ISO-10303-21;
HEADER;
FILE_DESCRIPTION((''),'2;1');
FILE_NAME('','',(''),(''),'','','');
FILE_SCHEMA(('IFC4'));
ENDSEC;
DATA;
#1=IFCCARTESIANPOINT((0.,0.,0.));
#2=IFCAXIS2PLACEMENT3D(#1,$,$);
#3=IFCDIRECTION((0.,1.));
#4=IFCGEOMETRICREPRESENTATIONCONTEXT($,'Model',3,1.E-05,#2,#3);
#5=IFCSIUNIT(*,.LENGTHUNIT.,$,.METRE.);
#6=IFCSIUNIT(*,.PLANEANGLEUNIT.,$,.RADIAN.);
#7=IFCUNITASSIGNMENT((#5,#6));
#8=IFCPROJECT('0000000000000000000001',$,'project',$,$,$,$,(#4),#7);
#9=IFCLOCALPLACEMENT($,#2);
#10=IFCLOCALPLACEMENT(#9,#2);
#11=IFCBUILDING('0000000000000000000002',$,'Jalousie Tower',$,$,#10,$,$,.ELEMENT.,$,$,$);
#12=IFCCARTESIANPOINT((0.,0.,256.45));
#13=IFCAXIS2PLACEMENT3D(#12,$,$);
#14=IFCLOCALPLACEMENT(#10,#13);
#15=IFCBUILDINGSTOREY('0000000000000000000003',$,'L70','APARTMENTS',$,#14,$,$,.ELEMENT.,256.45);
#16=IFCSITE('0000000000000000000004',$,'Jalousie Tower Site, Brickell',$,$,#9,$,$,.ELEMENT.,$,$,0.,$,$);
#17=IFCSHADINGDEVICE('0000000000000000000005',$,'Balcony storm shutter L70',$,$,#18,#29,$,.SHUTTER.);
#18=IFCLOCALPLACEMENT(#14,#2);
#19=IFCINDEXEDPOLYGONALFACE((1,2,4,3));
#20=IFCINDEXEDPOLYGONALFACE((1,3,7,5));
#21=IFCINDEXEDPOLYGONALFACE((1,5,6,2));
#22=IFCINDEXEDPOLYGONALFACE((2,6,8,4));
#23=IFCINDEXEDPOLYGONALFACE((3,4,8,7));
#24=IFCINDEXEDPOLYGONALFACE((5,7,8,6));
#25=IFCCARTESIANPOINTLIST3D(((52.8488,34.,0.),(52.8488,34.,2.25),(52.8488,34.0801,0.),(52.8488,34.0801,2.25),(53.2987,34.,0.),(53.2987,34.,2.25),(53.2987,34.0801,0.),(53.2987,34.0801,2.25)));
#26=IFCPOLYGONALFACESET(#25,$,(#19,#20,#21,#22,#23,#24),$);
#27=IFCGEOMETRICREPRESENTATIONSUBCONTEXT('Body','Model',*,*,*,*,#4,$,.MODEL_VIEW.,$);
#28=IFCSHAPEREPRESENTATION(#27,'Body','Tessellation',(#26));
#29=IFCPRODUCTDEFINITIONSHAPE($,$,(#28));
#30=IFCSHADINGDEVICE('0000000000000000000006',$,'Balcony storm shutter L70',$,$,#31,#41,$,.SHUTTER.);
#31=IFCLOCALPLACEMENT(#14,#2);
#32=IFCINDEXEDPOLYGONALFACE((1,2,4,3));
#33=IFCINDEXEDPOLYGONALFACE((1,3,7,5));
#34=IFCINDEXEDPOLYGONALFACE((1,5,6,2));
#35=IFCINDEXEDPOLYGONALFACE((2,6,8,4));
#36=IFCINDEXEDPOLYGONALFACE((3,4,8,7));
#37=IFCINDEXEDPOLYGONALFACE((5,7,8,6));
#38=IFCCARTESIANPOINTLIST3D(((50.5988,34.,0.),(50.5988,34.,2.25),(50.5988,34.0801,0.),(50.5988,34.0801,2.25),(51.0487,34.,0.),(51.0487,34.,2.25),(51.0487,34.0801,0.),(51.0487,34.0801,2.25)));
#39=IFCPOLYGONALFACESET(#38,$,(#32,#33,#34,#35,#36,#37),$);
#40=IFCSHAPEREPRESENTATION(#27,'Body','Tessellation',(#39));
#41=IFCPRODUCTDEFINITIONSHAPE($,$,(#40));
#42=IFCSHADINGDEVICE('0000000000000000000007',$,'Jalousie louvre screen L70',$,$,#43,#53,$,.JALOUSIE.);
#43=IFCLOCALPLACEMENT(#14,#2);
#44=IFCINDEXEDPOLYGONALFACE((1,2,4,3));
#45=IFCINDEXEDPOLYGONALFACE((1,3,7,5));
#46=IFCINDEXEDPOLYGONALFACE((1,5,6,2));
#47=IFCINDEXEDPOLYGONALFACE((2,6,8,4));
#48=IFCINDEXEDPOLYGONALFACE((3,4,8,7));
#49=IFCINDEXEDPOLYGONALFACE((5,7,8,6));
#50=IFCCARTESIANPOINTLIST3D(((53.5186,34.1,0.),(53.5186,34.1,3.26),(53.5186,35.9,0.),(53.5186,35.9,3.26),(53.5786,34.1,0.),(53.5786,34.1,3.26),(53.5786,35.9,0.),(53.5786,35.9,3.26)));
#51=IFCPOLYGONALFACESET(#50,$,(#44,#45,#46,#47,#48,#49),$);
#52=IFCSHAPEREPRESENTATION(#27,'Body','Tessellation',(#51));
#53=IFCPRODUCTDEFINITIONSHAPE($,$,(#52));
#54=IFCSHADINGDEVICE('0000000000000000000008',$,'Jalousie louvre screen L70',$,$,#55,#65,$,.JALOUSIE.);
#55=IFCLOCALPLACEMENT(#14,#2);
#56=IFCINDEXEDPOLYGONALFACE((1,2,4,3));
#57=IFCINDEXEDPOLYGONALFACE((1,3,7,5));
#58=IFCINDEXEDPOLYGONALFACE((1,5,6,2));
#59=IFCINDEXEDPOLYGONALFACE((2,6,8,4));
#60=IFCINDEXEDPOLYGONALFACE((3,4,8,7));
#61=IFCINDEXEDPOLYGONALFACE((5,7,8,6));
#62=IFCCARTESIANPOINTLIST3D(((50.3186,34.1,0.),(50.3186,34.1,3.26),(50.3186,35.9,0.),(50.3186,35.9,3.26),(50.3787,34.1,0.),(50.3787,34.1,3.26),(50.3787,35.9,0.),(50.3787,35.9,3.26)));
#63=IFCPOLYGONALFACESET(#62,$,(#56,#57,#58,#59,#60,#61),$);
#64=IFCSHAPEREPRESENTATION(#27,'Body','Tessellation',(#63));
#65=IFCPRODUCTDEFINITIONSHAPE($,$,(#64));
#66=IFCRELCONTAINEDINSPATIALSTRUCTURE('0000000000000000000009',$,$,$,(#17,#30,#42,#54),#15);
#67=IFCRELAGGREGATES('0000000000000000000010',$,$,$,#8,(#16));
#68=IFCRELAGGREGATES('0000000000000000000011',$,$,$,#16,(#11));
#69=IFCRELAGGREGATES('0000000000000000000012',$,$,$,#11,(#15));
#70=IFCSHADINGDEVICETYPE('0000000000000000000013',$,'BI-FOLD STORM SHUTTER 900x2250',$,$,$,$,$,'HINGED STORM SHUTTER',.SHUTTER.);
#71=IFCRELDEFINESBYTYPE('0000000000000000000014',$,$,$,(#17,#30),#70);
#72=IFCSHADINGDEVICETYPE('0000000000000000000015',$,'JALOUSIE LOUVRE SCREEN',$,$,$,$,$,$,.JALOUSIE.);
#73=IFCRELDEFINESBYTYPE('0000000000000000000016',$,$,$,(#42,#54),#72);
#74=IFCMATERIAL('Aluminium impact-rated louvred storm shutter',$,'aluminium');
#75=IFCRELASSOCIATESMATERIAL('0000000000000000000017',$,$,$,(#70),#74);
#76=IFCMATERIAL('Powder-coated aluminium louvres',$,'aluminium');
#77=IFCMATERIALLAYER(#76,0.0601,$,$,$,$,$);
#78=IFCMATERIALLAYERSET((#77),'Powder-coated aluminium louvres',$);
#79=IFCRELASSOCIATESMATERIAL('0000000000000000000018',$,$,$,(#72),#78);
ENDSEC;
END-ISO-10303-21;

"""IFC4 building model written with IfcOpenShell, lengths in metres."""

from ifc_helpers import new_model, si_unit, direction, frame, origin, origin_2d, place, context, subcontext, project, spatial, rectangle, extrude, material, layer, layer_set, type_object, element, save


model = new_model("IFC4")

# Units and contexts
model_context = context("Model", 3, precision=1e-05, world=origin(), true_north=direction((0.0, 1.0)))
body_context = subcontext(model_context, "Body", "Model", "MODEL_VIEW")
ifc_project = project(units=[si_unit("LENGTHUNIT", "METRE"), si_unit("PLANEANGLEUNIT", "RADIAN")], contexts=[model_context])

# Site, building, storey
site_placement = place(None, origin())
site = spatial("IfcSite", under=ifc_project, at=site_placement, Name="Jalousie Tower Site, Brickell", CompositionType="ELEMENT", RefElevation=0.0)
building_placement = place(site_placement, origin())
building = spatial("IfcBuilding", under=site, at=building_placement, Name="Jalousie Tower", CompositionType="ELEMENT")
storey_placement = place(building_placement, frame((0.0, 0.0, 256.45)))
storey = spatial("IfcBuildingStorey", under=building, at=storey_placement, Name="L70", Description="APARTMENTS", CompositionType="ELEMENT", Elevation=256.45)

# Shading devices
ifc_material_1 = material(Name="Aluminium impact-rated louvred storm shutter", Category="aluminium")
shading_device_type_1 = type_object("IfcShadingDeviceType", Name="BI-FOLD STORM SHUTTER 900x2250", ElementType="HINGED STORM SHUTTER", PredefinedType="SHUTTER", material=ifc_material_1)
for number, where, z_axis, x_axis, name in (
    (1, (53.0737, 34.04, 0.0), (0.0, 0.0, 1.0), (-1.0, 0.0, 0.0), "Balcony storm shutter L70"),
    (2, (50.8237, 34.04, 0.0), (0.0, 0.0, 1.0), (-1.0, 0.0, 0.0), "Balcony storm shutter L70"),
):
    element("IfcShadingDevice", number, at=place(storey_placement, frame(where, z_axis=z_axis, x_axis=x_axis)), inside=storey, type_object=shading_device_type_1, Name=name, PredefinedType="SHUTTER", context=body_context, shape_type="SweptSolid", body=[
        extrude(rectangle(XDim=0.45, YDim=0.0801, at=origin_2d()), origin(), (0.0, 0.0, 1.0), 2.25),
    ])

# Shading devices
ifc_material_2 = material(Name="Powder-coated aluminium louvres", Category="aluminium")
ifc_layer_1 = layer(ifc_material_2, 0.0601)
ifc_layer_set_1 = layer_set([ifc_layer_1], Name="Powder-coated aluminium louvres")
shading_device_type_2 = type_object("IfcShadingDeviceType", Name="JALOUSIE LOUVRE SCREEN", PredefinedType="JALOUSIE", material=ifc_layer_set_1)
for number, where, z_axis, x_axis, name in (
    (3, (53.5486, 35.0, 0.0), (0.0, 0.0, 1.0), (-1.0, 0.0, 0.0), "Jalousie louvre screen L70"),
    (4, (50.3486, 35.0, 0.0), (0.0, 0.0, 1.0), (-1.0, 0.0, 0.0), "Jalousie louvre screen L70"),
):
    element("IfcShadingDevice", number, at=place(storey_placement, frame(where, z_axis=z_axis, x_axis=x_axis)), inside=storey, type_object=shading_device_type_2, Name=name, PredefinedType="JALOUSIE", context=body_context, shape_type="SweptSolid", body=[
        extrude(rectangle(XDim=0.0601, YDim=1.8, at=origin_2d()), origin(), (0.0, 0.0, 1.0), 3.26),
    ])

save(model, "model.ifc")
